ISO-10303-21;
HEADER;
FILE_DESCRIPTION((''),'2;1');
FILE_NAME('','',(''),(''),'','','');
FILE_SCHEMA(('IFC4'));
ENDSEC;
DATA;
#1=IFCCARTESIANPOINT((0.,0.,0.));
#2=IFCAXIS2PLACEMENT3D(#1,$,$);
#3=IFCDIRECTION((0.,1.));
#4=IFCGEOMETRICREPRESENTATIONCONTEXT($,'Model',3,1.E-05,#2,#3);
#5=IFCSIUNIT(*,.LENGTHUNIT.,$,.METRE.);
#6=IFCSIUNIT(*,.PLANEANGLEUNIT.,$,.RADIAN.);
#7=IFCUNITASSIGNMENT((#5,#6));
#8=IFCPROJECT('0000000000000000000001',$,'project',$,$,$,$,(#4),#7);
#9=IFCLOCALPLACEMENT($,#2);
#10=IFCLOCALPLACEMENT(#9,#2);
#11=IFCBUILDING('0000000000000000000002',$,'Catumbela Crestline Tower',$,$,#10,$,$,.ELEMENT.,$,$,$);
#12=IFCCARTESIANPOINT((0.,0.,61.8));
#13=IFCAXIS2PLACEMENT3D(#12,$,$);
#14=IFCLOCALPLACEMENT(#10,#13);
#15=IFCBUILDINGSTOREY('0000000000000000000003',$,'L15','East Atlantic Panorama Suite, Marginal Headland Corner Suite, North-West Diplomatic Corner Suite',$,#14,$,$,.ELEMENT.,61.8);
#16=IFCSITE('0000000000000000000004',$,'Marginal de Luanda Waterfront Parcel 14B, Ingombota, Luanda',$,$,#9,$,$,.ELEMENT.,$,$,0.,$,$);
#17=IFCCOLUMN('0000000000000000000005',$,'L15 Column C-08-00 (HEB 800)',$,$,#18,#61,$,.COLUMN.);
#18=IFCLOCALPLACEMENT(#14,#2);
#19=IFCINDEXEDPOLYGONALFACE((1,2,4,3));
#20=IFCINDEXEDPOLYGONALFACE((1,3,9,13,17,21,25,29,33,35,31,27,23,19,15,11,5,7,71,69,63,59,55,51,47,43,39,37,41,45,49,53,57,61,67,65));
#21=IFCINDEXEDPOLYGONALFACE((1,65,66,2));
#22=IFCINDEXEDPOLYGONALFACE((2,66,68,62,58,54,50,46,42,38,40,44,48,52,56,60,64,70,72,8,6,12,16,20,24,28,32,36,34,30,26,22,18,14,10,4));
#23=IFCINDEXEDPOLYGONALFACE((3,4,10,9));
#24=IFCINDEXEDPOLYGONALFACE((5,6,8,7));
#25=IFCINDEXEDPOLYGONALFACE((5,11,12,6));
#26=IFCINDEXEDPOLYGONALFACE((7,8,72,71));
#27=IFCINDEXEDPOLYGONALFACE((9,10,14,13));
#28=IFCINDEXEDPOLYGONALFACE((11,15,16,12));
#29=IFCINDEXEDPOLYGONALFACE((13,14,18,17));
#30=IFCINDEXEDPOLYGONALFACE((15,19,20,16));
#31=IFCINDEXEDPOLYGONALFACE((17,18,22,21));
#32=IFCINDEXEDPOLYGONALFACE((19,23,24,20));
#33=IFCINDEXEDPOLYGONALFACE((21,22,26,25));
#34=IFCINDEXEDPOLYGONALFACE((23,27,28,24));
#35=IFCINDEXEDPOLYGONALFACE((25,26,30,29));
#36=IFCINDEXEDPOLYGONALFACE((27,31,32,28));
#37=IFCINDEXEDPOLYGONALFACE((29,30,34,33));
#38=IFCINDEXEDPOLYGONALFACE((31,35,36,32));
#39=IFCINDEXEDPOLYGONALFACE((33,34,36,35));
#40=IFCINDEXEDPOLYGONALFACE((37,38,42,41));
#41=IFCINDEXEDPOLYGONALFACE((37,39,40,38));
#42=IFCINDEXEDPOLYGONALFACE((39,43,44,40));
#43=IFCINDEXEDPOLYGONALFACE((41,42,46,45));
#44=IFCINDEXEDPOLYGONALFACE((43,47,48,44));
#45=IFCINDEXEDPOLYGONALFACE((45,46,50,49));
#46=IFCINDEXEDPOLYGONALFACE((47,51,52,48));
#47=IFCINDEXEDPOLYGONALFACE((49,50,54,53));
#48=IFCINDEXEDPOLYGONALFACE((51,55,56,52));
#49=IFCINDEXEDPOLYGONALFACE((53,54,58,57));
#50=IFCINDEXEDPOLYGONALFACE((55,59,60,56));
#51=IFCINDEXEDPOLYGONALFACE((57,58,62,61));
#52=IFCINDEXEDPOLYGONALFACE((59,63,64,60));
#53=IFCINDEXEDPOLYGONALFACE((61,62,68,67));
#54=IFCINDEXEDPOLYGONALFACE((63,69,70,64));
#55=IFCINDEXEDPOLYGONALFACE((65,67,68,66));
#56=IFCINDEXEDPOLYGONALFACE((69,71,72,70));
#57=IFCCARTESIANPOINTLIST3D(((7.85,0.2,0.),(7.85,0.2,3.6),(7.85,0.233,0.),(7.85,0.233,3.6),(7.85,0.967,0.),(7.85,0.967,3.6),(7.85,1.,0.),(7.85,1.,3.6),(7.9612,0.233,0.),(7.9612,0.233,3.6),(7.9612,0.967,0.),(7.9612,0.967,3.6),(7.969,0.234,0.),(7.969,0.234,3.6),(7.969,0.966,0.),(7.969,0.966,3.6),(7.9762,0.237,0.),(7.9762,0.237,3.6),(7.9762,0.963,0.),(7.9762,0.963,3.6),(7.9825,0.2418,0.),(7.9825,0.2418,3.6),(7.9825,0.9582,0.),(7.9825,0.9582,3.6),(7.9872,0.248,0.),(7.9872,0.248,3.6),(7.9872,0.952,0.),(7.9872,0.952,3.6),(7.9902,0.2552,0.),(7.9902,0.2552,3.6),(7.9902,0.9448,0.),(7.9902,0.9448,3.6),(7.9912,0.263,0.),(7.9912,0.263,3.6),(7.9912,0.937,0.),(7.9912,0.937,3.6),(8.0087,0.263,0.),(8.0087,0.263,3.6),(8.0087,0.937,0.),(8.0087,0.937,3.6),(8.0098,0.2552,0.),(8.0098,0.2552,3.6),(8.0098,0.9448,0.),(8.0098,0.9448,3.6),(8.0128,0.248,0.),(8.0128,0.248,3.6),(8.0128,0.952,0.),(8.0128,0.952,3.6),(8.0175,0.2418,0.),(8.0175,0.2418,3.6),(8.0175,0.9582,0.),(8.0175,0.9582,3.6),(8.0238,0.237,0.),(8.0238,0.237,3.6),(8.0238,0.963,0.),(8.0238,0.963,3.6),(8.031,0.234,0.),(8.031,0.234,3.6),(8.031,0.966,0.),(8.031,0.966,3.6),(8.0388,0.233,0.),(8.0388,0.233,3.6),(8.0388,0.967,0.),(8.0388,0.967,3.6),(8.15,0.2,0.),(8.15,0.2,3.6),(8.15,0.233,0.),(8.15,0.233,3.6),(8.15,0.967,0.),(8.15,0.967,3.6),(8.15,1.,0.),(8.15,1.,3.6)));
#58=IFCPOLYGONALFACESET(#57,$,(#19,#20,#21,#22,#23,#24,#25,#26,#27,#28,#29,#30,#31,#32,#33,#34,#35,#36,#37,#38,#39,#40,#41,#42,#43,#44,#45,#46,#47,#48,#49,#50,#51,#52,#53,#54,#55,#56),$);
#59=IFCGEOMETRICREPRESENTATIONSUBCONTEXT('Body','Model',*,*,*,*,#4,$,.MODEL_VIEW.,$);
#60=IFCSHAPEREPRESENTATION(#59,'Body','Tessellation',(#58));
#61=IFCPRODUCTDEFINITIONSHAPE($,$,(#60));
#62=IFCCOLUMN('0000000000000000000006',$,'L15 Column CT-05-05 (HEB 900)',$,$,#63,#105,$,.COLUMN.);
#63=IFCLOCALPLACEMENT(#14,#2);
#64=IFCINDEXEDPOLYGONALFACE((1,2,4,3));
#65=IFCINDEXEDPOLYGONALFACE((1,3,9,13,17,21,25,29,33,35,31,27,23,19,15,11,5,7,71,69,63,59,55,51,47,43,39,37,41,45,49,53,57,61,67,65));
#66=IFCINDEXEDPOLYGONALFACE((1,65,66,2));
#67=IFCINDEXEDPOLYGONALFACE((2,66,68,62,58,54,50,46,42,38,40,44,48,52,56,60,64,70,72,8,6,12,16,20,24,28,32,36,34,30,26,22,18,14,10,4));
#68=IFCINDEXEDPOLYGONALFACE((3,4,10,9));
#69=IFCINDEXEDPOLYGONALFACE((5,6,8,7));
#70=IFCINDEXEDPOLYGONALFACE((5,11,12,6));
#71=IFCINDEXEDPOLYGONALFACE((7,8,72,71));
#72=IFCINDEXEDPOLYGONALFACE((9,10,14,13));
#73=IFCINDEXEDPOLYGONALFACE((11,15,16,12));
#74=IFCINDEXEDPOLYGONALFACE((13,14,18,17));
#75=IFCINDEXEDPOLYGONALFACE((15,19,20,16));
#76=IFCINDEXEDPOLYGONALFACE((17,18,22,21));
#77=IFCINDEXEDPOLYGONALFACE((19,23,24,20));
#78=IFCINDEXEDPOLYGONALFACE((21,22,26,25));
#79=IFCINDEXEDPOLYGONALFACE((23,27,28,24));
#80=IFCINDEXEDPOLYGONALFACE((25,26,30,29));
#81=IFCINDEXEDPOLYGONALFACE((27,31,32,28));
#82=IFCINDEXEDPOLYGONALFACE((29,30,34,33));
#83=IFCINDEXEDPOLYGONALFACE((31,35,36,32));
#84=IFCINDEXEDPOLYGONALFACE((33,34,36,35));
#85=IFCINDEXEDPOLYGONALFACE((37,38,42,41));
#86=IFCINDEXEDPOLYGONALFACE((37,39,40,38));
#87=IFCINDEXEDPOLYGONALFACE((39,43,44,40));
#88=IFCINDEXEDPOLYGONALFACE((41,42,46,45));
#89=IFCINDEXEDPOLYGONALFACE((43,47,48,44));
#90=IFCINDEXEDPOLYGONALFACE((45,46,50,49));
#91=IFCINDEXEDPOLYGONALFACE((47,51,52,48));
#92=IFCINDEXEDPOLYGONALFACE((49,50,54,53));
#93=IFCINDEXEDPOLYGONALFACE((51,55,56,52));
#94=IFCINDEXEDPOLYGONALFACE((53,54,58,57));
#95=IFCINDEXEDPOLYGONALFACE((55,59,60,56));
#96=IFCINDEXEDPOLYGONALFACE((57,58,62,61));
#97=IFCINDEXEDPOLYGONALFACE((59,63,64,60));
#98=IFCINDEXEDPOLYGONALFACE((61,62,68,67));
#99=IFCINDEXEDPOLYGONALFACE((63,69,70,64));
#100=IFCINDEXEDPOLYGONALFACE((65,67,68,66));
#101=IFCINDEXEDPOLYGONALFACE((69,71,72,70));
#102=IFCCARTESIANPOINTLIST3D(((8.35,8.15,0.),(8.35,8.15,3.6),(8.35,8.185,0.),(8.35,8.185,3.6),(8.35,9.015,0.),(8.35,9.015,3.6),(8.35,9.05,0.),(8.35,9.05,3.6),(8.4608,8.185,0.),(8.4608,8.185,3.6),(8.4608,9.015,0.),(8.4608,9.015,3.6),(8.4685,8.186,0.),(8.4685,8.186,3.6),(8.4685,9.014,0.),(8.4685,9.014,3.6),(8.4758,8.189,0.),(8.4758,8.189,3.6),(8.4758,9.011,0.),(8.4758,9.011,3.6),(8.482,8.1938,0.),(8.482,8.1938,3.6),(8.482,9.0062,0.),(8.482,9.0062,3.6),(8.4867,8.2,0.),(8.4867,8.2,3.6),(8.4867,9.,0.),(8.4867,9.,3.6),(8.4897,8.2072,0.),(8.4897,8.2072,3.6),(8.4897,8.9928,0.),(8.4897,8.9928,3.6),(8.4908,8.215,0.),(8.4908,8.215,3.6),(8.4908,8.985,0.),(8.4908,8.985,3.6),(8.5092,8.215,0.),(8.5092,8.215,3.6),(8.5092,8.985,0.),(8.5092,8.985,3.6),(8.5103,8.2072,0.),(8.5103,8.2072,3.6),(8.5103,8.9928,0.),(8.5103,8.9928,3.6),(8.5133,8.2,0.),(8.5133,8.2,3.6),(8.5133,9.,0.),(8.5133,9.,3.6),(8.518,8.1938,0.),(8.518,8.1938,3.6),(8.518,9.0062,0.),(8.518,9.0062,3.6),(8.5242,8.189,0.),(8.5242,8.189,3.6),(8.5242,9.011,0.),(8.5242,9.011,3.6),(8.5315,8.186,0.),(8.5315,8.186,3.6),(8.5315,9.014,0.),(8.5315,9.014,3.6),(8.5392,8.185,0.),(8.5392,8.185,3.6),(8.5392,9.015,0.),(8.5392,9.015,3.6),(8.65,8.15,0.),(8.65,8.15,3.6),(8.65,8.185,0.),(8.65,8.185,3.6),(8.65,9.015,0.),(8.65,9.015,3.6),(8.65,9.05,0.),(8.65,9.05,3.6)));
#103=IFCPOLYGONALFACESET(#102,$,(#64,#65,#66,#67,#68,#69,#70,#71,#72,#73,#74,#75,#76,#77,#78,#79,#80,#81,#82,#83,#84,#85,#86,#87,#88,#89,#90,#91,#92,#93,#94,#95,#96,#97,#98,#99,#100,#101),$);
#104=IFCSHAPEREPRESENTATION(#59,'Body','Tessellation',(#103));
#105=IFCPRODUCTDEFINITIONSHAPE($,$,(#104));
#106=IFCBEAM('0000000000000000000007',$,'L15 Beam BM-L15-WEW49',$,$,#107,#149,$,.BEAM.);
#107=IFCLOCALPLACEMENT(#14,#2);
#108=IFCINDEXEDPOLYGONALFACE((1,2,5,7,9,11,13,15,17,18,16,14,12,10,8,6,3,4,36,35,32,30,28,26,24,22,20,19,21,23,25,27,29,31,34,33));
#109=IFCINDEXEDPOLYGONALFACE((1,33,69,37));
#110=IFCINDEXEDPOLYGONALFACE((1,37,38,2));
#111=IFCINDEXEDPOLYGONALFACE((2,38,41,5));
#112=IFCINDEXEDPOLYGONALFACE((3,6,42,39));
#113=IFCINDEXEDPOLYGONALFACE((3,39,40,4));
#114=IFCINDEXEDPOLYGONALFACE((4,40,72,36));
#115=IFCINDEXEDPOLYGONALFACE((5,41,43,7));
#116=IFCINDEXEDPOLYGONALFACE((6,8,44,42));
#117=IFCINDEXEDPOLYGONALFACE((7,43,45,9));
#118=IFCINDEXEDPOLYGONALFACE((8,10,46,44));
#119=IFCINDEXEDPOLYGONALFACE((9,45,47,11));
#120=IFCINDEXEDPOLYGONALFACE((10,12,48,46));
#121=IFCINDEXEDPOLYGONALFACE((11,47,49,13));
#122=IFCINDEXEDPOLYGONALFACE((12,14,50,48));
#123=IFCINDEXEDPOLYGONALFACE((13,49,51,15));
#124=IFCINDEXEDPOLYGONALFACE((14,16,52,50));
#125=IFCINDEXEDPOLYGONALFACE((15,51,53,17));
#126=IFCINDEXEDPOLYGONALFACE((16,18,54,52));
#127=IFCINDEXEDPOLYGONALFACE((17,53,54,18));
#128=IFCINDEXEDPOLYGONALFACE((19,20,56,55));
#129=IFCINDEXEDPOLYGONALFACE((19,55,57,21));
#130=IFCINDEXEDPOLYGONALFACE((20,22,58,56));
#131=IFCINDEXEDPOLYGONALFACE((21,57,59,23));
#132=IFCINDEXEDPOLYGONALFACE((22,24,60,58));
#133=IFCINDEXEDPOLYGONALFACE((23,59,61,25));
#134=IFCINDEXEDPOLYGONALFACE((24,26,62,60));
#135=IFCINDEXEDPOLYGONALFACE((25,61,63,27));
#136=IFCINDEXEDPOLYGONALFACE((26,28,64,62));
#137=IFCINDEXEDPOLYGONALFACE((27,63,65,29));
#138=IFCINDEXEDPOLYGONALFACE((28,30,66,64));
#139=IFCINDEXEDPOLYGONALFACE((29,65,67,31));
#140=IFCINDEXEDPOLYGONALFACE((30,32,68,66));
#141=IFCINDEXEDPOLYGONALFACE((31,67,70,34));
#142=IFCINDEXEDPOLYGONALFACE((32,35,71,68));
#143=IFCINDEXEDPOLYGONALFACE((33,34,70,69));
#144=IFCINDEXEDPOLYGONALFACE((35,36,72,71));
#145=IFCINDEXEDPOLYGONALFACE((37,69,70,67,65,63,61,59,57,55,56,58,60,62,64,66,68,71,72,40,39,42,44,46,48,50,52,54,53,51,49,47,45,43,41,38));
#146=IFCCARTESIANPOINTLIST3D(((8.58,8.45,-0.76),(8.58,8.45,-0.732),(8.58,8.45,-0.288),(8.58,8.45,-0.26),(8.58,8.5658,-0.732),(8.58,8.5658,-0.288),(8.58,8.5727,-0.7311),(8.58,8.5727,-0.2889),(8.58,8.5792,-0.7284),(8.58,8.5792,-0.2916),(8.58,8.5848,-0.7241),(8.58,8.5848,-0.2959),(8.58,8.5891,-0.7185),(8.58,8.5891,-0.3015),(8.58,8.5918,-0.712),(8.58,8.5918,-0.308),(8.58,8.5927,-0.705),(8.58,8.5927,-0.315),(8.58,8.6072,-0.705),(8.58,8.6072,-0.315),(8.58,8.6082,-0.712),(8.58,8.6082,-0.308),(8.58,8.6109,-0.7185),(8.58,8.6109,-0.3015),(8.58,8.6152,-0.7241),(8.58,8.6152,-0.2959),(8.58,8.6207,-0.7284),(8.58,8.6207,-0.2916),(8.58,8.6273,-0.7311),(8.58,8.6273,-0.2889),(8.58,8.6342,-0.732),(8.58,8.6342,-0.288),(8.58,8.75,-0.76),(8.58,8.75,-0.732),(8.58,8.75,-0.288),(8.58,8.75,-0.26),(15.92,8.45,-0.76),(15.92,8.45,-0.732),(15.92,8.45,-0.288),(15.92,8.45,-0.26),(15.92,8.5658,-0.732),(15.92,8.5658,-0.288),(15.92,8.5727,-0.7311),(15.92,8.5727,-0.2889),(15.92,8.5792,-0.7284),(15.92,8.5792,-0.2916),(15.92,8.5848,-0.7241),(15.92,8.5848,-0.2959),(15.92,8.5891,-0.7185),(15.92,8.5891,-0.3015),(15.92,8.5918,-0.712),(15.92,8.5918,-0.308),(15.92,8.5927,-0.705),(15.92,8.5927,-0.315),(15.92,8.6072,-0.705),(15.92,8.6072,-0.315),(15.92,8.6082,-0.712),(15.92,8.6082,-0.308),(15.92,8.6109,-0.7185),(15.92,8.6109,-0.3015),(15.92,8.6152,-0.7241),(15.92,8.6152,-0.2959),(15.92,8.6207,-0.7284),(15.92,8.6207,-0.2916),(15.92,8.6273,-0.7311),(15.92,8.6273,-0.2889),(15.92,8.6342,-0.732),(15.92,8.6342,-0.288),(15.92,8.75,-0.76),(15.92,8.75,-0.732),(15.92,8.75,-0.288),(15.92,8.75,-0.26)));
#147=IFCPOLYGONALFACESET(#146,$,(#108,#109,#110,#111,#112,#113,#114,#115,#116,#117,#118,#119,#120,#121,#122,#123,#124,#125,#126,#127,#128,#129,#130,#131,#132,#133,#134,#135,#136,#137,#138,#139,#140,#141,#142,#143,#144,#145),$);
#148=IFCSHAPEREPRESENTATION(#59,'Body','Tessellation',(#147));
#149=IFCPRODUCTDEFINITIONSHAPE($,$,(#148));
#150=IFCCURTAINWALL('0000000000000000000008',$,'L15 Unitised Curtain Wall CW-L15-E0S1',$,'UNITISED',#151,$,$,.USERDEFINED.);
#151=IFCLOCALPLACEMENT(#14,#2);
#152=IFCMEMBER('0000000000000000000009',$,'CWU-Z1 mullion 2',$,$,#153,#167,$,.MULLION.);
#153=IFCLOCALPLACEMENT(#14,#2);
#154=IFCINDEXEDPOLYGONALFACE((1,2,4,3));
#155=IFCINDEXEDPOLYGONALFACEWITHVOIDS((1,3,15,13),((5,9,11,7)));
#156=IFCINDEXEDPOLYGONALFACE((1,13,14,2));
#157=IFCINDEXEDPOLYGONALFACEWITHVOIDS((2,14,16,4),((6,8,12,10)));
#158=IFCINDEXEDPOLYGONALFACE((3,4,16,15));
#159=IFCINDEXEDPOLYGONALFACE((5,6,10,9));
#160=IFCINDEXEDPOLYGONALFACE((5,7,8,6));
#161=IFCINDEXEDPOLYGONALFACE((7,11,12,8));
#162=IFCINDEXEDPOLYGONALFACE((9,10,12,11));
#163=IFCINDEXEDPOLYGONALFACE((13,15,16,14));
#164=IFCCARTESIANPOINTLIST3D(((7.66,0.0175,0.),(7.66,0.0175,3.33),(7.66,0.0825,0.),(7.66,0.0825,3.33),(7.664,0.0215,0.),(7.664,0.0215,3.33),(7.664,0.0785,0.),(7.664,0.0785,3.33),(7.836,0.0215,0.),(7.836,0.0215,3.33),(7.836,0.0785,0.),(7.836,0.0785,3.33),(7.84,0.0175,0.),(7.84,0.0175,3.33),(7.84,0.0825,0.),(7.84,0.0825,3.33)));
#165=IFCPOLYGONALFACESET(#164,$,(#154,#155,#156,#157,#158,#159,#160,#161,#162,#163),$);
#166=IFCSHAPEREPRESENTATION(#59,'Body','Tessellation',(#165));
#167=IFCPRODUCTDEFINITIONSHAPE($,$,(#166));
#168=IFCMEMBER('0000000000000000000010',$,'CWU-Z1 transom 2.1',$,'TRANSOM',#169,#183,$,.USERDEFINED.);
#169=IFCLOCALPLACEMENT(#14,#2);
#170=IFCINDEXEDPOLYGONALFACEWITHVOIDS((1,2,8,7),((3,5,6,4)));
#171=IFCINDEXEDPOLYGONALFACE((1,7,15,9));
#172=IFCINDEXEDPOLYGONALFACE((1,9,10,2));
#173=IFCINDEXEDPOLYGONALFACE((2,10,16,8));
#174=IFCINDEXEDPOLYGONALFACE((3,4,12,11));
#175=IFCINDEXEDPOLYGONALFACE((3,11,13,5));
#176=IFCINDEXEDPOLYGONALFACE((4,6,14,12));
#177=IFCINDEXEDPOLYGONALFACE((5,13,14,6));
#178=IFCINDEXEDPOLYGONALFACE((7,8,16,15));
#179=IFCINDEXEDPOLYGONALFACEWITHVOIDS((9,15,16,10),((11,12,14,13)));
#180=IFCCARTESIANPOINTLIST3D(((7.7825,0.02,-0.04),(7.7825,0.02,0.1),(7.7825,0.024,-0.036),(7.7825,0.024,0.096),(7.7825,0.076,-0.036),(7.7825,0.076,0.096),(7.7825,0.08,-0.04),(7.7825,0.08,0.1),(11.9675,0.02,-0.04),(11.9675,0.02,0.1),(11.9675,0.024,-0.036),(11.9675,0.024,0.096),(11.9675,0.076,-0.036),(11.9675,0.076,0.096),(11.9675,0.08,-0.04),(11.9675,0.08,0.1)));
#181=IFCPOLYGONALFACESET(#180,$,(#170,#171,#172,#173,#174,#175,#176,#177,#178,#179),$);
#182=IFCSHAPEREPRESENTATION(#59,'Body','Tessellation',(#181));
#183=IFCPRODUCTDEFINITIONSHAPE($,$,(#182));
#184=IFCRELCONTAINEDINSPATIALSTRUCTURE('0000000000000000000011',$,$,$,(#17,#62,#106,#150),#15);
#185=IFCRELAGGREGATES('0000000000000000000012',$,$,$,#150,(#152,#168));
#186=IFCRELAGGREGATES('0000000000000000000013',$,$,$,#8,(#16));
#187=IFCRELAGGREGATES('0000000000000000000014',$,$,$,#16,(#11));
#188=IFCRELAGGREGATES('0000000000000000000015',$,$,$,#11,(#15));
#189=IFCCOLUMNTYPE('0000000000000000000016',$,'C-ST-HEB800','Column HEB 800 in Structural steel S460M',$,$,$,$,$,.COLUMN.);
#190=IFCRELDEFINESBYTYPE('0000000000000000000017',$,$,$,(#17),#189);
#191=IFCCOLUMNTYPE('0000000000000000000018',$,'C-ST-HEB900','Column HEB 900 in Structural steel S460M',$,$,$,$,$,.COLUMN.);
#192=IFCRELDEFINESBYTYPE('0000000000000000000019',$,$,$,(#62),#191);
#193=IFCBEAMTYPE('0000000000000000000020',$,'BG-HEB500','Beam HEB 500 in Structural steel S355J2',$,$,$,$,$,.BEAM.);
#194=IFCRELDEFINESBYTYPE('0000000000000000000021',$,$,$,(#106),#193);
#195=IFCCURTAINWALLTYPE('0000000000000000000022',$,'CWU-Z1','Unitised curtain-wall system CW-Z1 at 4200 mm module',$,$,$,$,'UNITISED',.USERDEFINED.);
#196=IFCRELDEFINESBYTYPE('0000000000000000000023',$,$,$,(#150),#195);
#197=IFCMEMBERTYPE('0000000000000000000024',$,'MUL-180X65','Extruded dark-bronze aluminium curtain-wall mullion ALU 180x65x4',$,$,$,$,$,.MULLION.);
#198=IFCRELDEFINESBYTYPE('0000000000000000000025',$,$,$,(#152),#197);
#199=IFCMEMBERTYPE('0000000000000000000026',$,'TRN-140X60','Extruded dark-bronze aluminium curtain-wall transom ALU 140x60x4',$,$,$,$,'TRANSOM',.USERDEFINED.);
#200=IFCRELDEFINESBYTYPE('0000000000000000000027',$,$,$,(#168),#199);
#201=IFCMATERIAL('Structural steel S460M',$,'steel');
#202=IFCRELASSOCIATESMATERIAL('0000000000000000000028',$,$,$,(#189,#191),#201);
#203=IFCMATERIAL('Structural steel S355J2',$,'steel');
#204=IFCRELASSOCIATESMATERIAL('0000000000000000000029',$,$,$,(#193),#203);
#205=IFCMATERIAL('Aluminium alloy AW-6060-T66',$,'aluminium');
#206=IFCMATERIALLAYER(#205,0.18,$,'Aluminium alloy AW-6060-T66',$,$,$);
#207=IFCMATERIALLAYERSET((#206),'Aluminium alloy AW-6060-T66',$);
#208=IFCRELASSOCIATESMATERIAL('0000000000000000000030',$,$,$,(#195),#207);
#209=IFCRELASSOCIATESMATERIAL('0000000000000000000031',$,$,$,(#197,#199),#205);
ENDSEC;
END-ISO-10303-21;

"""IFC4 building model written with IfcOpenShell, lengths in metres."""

from ifc_helpers import new_model, si_unit, direction, frame, origin, origin_2d, place, context, subcontext, project, spatial, hollow_rectangle, i_section, extrude, material, layer, layer_set, material_profile, profile_set, type_object, element, aggregate, save


model = new_model("IFC4")

# Units and contexts
model_context = context("Model", 3, precision=1e-05, world=origin(), true_north=direction((0.0, 1.0)))
body_context = subcontext(model_context, "Body", "Model", "MODEL_VIEW")
ifc_project = project(units=[si_unit("LENGTHUNIT", "METRE"), si_unit("PLANEANGLEUNIT", "RADIAN")], contexts=[model_context])

# Site, building, storey
site_placement = place(None, origin())
site = spatial("IfcSite", under=ifc_project, at=site_placement, Name="Marginal de Luanda Waterfront Parcel 14B, Ingombota, Luanda", CompositionType="ELEMENT", RefElevation=0.0)
building_placement = place(site_placement, origin())
building = spatial("IfcBuilding", under=site, at=building_placement, Name="Catumbela Crestline Tower", CompositionType="ELEMENT")
storey_placement = place(building_placement, frame((0.0, 0.0, 61.8)))
storey = spatial("IfcBuildingStorey", under=building, at=storey_placement, Name="L15", Description="East Atlantic Panorama Suite, Marginal Headland Corner Suite, North-West Diplomatic Corner Suite", CompositionType="ELEMENT", Elevation=61.8)

# Columns
ifc_material_1 = material(Name="Structural steel S460M", Category="steel")
ifc_material_profile_1 = material_profile(ifc_material_1, i_section(OverallWidth=0.3, OverallDepth=0.8, WebThickness=0.0175, FlangeThickness=0.033, FilletRadius=0.03, at=origin_2d()), Name="HEB 800")
ifc_profile_set_1 = profile_set([ifc_material_profile_1], Name="Structural steel S460M")
column_type_1 = type_object("IfcColumnType", Name="C-ST-HEB800", Description="Column HEB 800 in Structural steel S460M", PredefinedType="COLUMN", material=ifc_profile_set_1)
column_1_placement = place(storey_placement, frame((8.0, 0.6, 0.0), z_axis=(0.0, 0.0, 1.0), x_axis=(1.0, 0.0, 0.0)))
element("IfcColumn", 1, at=column_1_placement, inside=storey, type_object=column_type_1, Name="L15 Column C-08-00 (HEB 800)", PredefinedType="COLUMN", context=body_context, shape_type="SweptSolid", body=[
    extrude(i_section(OverallWidth=0.3, OverallDepth=0.8, WebThickness=0.0175, FlangeThickness=0.033, FilletRadius=0.03, at=origin_2d()), origin(), (0.0, 0.0, 1.0), 3.6),
])
ifc_material_profile_2 = material_profile(ifc_material_1, i_section(OverallWidth=0.3, OverallDepth=0.9, WebThickness=0.0185, FlangeThickness=0.035, FilletRadius=0.03, at=origin_2d()), Name="HEB 900")
ifc_profile_set_2 = profile_set([ifc_material_profile_2], Name="Structural steel S460M")
column_type_2 = type_object("IfcColumnType", Name="C-ST-HEB900", Description="Column HEB 900 in Structural steel S460M", PredefinedType="COLUMN", material=ifc_profile_set_2)
column_2_placement = place(storey_placement, frame((8.5, 8.6, 0.0), z_axis=(0.0, 0.0, 1.0), x_axis=(1.0, 0.0, 0.0)))
element("IfcColumn", 2, at=column_2_placement, inside=storey, type_object=column_type_2, Name="L15 Column CT-05-05 (HEB 900)", PredefinedType="COLUMN", context=body_context, shape_type="SweptSolid", body=[
    extrude(i_section(OverallWidth=0.3, OverallDepth=0.9, WebThickness=0.0185, FlangeThickness=0.035, FilletRadius=0.03, at=origin_2d()), origin(), (0.0, 0.0, 1.0), 3.6),
])

# Beam
ifc_material_2 = material(Name="Structural steel S355J2", Category="steel")
ifc_material_profile_3 = material_profile(ifc_material_2, i_section(OverallWidth=0.3, OverallDepth=0.5, WebThickness=0.0145, FlangeThickness=0.028, FilletRadius=0.027, at=origin_2d()), Name="HEB 500")
ifc_profile_set_3 = profile_set([ifc_material_profile_3], Name="Structural steel S355J2")
beam_type = type_object("IfcBeamType", Name="BG-HEB500", Description="Beam HEB 500 in Structural steel S355J2", PredefinedType="BEAM", material=ifc_profile_set_3)
beam_placement = place(storey_placement, frame((8.58, 8.6, -0.51), z_axis=(1.0, 0.0, 0.0), x_axis=(0.0, 1.0, 0.0)))
element("IfcBeam", 3, at=beam_placement, inside=storey, type_object=beam_type, Name="L15 Beam BM-L15-WEW49", PredefinedType="BEAM", context=body_context, shape_type="SweptSolid", body=[
    extrude(i_section(OverallWidth=0.3, OverallDepth=0.5, WebThickness=0.0145, FlangeThickness=0.028, FilletRadius=0.027, at=origin_2d()), origin(), (0.0, 0.0, 1.0), 7.34),
])

# Curtain wall, members
ifc_material_3 = material(Name="Aluminium alloy AW-6060-T66", Category="aluminium")
ifc_layer_1 = layer(ifc_material_3, 0.18, Name="Aluminium alloy AW-6060-T66")
ifc_layer_set_1 = layer_set([ifc_layer_1], Name="Aluminium alloy AW-6060-T66")
curtain_wall_type = type_object("IfcCurtainWallType", Name="CWU-Z1", Description="Unitised curtain-wall system CW-Z1 at 4200 mm module", ElementType="UNITISED", PredefinedType="USERDEFINED", material=ifc_layer_set_1)
curtain_wall_placement = place(storey_placement, origin())
curtain_wall = element("IfcCurtainWall", 4, at=curtain_wall_placement, inside=storey, type_object=curtain_wall_type, Name="L15 Unitised Curtain Wall CW-L15-E0S1", ObjectType="UNITISED", PredefinedType="USERDEFINED")
ifc_material_profile_4 = material_profile(ifc_material_3, hollow_rectangle(XDim=0.065, YDim=0.18, WallThickness=0.004, at=origin_2d()), Name="ALU 180x65x4")
ifc_profile_set_4 = profile_set([ifc_material_profile_4], Name="Aluminium alloy AW-6060-T66")
member_type_1 = type_object("IfcMemberType", Name="MUL-180X65", Description="Extruded dark-bronze aluminium curtain-wall mullion ALU 180x65x4", PredefinedType="MULLION", material=ifc_profile_set_4)
member_1_placement = place(storey_placement, frame((7.75, 0.05, 0.0), z_axis=(0.0, 0.0, 1.0), x_axis=(0.0, 1.0, 0.0)))
member_1 = element("IfcMember", 5, at=member_1_placement, type_object=member_type_1, Name="CWU-Z1 mullion 2", PredefinedType="MULLION", context=body_context, shape_type="SweptSolid", body=[
    extrude(hollow_rectangle(XDim=0.065, YDim=0.18, WallThickness=0.004, at=origin_2d()), origin(), (0.0, 0.0, 1.0), 3.33),
])
ifc_material_profile_5 = material_profile(ifc_material_3, hollow_rectangle(XDim=0.06, YDim=0.14, WallThickness=0.004, at=origin_2d()), Name="ALU 140x60x4")
ifc_profile_set_5 = profile_set([ifc_material_profile_5], Name="Aluminium alloy AW-6060-T66")
member_type_2 = type_object("IfcMemberType", Name="TRN-140X60", Description="Extruded dark-bronze aluminium curtain-wall transom ALU 140x60x4", ElementType="TRANSOM", PredefinedType="USERDEFINED", material=ifc_profile_set_5)
member_2_placement = place(storey_placement, frame((7.7825, 0.05, 0.03), z_axis=(1.0, 0.0, 0.0), x_axis=(0.0, 1.0, 0.0)))
member_2 = element("IfcMember", 6, at=member_2_placement, type_object=member_type_2, Name="CWU-Z1 transom 2.1", ObjectType="TRANSOM", PredefinedType="USERDEFINED", context=body_context, shape_type="SweptSolid", body=[
    extrude(hollow_rectangle(XDim=0.06, YDim=0.14, WallThickness=0.004, at=origin_2d()), origin(), (0.0, 0.0, 1.0), 4.185),
])
aggregate(curtain_wall, [member_1, member_2])

save(model, "model.ifc")
